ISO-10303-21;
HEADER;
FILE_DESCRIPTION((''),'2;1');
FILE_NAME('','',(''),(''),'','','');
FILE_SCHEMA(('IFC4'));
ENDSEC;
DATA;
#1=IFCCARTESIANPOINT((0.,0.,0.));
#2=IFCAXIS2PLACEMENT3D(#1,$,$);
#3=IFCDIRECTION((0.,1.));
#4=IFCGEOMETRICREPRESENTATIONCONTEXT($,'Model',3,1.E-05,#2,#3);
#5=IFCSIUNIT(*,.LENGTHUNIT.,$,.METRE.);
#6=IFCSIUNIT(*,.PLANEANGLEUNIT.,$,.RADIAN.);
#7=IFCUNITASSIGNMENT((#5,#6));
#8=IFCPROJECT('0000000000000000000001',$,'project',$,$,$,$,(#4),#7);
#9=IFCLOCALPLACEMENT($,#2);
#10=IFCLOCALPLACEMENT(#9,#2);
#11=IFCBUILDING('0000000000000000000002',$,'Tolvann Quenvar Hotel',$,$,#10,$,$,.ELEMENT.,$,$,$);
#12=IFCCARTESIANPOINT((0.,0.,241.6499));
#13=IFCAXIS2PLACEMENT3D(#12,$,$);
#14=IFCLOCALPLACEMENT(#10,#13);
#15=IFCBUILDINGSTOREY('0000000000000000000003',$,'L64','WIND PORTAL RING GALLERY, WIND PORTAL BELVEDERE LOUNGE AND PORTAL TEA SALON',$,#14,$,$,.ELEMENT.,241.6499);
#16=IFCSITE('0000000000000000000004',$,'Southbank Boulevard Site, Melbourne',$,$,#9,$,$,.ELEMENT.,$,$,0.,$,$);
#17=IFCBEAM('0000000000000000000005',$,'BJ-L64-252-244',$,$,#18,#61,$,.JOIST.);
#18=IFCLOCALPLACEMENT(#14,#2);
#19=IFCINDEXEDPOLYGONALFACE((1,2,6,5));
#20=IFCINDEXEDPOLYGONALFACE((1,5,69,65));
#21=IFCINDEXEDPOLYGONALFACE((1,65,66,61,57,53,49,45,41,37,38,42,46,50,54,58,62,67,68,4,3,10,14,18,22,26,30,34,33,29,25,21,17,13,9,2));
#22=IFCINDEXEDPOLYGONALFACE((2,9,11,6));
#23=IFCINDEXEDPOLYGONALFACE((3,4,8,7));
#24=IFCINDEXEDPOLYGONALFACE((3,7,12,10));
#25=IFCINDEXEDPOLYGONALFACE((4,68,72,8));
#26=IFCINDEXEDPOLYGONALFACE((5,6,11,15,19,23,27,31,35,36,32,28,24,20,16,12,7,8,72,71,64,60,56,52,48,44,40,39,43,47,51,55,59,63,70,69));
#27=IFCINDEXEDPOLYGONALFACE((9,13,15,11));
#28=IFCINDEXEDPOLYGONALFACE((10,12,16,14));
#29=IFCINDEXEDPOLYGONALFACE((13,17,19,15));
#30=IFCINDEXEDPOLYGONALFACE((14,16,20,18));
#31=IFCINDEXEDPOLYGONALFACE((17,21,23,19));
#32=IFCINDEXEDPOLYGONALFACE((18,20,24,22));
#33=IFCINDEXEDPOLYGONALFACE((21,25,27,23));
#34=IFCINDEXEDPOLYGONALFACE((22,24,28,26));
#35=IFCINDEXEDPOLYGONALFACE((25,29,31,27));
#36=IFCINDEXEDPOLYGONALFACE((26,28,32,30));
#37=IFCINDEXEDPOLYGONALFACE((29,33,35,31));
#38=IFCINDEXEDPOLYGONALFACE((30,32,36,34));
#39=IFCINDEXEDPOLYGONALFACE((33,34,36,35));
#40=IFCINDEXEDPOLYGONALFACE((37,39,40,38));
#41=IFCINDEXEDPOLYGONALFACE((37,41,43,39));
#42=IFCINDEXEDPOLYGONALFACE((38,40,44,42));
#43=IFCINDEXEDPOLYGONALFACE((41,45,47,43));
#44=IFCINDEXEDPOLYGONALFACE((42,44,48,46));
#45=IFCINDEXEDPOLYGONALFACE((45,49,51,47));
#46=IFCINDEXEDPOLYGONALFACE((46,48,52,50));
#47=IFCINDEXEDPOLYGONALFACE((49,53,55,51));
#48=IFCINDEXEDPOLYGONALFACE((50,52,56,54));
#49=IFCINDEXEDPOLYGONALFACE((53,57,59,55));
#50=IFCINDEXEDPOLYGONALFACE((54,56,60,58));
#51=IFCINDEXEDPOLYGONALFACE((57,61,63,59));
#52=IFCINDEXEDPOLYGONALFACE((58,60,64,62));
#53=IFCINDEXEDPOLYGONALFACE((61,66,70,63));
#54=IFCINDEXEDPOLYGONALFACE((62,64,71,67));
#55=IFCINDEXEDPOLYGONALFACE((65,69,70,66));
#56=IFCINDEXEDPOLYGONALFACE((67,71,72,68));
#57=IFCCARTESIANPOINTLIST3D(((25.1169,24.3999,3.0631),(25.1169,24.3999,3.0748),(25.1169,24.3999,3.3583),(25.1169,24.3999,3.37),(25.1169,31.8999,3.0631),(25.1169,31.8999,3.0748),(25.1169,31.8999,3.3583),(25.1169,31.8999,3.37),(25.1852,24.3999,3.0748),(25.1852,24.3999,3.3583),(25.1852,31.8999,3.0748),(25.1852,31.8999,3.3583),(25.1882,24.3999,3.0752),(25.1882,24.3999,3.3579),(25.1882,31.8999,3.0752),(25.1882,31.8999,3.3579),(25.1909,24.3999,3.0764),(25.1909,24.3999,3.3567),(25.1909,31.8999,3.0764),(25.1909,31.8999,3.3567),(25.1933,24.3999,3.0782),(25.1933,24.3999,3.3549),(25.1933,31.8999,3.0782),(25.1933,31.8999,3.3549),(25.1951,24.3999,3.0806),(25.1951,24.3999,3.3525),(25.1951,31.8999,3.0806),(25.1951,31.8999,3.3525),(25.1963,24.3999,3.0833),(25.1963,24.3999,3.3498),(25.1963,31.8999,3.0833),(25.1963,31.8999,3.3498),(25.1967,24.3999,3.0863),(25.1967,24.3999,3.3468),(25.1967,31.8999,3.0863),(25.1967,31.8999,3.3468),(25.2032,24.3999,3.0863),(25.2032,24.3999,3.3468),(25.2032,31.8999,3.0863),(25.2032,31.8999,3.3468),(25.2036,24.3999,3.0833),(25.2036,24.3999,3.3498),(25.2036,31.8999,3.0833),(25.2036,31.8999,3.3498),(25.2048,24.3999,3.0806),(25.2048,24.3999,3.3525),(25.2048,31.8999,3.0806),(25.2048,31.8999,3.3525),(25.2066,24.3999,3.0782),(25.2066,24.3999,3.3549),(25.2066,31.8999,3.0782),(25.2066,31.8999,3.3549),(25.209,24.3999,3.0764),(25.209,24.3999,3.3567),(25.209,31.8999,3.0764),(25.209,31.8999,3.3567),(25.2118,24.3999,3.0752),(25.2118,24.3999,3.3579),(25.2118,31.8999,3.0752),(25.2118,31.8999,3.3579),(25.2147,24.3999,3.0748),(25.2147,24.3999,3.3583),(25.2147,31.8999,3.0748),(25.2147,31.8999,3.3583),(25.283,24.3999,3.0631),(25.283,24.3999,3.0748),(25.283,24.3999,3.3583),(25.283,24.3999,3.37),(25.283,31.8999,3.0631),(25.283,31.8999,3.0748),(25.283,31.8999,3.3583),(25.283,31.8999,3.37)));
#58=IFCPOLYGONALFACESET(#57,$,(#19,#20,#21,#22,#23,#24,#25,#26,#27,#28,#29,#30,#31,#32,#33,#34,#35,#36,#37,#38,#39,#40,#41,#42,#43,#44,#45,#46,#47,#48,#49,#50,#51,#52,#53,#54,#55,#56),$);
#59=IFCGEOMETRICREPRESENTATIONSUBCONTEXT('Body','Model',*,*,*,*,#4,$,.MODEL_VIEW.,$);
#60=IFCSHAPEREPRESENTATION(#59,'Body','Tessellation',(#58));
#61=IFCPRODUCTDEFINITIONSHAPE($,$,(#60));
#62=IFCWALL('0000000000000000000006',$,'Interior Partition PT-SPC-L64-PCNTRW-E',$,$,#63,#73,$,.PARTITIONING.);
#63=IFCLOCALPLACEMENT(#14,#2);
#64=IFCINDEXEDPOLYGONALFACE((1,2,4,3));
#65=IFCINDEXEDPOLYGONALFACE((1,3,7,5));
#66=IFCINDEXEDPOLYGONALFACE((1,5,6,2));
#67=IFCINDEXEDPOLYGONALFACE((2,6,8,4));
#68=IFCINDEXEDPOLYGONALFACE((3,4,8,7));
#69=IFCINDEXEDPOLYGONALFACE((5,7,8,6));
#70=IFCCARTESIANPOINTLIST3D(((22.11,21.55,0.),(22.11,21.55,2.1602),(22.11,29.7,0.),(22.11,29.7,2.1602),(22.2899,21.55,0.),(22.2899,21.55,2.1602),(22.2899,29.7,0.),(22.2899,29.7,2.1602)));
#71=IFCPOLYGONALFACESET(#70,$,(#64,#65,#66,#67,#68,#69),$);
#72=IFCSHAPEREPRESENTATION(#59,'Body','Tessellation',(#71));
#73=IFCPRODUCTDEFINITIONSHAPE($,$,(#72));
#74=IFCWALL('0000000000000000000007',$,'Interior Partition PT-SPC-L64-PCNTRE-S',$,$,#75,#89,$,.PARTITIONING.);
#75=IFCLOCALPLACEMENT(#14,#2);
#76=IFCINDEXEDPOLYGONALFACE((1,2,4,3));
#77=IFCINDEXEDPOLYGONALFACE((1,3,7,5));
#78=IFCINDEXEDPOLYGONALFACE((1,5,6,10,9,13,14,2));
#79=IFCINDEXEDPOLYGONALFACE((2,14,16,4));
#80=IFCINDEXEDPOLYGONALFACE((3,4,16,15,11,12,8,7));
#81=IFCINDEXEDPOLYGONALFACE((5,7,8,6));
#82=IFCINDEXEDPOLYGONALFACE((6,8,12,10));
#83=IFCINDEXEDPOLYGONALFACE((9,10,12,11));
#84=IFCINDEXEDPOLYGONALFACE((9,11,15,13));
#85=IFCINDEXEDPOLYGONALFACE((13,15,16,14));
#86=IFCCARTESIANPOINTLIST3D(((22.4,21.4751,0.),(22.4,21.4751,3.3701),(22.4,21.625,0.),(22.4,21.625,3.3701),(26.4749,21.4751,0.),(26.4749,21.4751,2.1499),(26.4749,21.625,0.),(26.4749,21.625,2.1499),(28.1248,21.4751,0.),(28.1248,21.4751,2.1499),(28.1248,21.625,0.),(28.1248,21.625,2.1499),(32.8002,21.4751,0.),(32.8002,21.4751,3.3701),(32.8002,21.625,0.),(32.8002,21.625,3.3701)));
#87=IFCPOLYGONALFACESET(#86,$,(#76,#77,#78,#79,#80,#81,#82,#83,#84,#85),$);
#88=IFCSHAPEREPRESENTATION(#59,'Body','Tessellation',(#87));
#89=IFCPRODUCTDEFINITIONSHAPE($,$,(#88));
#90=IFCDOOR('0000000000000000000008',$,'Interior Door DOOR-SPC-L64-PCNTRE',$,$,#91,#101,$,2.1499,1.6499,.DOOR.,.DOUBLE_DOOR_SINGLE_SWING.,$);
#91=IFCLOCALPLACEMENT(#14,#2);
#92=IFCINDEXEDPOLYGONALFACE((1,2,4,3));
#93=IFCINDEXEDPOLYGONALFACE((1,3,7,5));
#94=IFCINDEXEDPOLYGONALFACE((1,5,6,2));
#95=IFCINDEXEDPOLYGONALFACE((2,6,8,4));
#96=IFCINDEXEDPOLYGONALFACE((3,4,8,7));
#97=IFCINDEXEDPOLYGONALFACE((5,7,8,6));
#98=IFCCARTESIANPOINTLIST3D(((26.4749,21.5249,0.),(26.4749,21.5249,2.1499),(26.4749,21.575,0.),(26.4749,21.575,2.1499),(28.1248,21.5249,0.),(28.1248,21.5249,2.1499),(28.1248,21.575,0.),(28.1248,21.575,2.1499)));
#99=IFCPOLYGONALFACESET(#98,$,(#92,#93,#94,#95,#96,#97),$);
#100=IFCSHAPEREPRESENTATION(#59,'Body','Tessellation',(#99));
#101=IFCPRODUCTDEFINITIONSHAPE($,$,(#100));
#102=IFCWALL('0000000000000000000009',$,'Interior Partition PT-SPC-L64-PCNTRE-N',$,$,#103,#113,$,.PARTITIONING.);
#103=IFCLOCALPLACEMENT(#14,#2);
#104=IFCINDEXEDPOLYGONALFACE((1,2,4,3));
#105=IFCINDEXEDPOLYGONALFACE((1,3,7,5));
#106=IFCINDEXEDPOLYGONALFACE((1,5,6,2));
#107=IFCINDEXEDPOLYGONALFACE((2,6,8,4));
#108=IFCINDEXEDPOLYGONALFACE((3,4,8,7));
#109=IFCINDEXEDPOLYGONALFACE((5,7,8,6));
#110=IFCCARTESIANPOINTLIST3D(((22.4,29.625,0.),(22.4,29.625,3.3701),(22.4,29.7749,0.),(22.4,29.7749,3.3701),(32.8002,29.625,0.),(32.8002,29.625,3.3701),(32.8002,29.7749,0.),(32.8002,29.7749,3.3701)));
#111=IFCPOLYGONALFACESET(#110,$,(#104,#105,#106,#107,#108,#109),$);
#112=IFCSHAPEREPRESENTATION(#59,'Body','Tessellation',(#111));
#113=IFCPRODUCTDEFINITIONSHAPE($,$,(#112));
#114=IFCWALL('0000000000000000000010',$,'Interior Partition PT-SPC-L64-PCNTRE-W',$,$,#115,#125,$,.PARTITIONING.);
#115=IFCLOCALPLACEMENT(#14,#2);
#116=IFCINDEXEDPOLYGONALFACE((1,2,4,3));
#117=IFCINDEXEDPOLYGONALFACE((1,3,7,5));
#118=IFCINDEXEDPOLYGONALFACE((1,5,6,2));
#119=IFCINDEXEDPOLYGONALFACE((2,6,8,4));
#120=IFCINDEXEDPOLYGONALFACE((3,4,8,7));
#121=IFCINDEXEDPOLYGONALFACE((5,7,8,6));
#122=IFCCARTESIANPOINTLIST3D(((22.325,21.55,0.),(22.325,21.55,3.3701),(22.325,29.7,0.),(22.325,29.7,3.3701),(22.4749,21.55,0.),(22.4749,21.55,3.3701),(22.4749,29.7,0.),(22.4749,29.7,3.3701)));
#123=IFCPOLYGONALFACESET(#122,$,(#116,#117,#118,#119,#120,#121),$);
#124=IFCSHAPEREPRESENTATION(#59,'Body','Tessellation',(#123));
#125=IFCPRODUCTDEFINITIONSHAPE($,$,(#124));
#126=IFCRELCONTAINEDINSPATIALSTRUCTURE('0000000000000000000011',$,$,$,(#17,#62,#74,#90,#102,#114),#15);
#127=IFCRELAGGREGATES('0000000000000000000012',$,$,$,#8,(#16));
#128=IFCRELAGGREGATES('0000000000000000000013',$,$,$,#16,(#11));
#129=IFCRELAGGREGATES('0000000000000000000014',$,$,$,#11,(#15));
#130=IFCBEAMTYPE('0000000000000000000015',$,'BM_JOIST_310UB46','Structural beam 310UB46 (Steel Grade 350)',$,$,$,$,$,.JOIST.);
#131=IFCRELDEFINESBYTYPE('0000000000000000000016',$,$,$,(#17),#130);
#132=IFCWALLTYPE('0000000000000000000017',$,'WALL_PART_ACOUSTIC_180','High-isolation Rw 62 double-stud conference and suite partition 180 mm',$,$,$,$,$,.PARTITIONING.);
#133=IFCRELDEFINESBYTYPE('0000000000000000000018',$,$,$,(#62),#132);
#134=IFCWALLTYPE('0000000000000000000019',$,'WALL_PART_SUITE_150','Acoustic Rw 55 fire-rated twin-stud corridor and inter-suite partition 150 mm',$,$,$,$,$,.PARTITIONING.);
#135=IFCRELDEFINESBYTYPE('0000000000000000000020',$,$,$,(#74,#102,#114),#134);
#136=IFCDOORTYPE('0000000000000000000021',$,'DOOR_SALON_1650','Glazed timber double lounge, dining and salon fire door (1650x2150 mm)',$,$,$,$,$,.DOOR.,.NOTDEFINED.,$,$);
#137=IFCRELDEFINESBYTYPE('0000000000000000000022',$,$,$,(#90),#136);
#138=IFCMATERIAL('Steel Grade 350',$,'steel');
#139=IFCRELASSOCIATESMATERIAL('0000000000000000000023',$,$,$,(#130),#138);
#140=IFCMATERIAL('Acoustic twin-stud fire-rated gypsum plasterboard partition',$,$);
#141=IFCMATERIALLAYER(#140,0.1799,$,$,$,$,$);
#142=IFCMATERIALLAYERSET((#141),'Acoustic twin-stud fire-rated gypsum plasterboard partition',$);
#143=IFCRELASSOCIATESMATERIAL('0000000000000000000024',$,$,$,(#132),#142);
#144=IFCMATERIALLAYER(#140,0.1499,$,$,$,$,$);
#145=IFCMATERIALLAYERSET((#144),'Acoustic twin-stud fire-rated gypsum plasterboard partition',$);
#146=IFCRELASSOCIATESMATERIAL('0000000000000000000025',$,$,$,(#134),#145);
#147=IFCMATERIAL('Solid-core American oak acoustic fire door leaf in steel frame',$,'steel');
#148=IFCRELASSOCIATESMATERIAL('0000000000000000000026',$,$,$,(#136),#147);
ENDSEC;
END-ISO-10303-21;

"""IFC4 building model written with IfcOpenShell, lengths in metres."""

from ifc_helpers import new_model, si_unit, direction, frame, frame_2d, origin, origin_2d, place, context, subcontext, project, spatial, rectangle, i_section, extrude, source, transform, mapped, material, layer, layer_set, material_profile, profile_set, type_object, type_shapes, element, fill, save


model = new_model("IFC4")

# Units and contexts
model_context = context("Model", 3, precision=1e-05, world=origin(), true_north=direction((0.0, 1.0)))
body_context = subcontext(model_context, "Body", "Model", "MODEL_VIEW")
ifc_project = project(units=[si_unit("LENGTHUNIT", "METRE"), si_unit("PLANEANGLEUNIT", "RADIAN")], contexts=[model_context])

# Site, building, storey
site_placement = place(None, origin())
site = spatial("IfcSite", under=ifc_project, at=site_placement, Name="Southbank Boulevard Site, Melbourne", CompositionType="ELEMENT", RefElevation=0.0)
building_placement = place(site_placement, origin())
building = spatial("IfcBuilding", under=site, at=building_placement, Name="Tolvann Quenvar Hotel", CompositionType="ELEMENT")
storey_placement = place(building_placement, frame((0.0, 0.0, 241.6499)))
storey = spatial("IfcBuildingStorey", under=building, at=storey_placement, Name="L64", Description="WIND PORTAL RING GALLERY, WIND PORTAL BELVEDERE LOUNGE AND PORTAL TEA SALON", CompositionType="ELEMENT", Elevation=241.6499)

# Shared definitions
ifc_material_1 = material(Name="Steel Grade 350", Category="steel")

# Beam
ifc_material_profile_1 = material_profile(ifc_material_1, i_section(OverallWidth=0.166, OverallDepth=0.3069, WebThickness=0.0066, FlangeThickness=0.0117, FilletRadius=0.0115, at=origin_2d()), Name="310UB46")
ifc_profile_set_1 = profile_set([ifc_material_profile_1], Name="Steel Grade 350")
beam_type_1 = type_object("IfcBeamType", Name="BM_JOIST_310UB46", Description="Structural beam 310UB46 (Steel Grade 350)", PredefinedType="JOIST", material=ifc_profile_set_1)
shared_shape_1 = source(origin(), body_context, "Body", "SweptSolid", [
    extrude(i_section(OverallWidth=0.166, OverallDepth=0.3069, WebThickness=0.0066, FlangeThickness=0.0117, FilletRadius=0.0115, at=origin_2d()), origin(), (0.0, 0.0, 1.0), 7.5),
])
beam_1_placement = place(storey_placement, frame((25.2, 24.3999, 3.2166), z_axis=(0.0, 1.0, 0.0), x_axis=(-1.0, 0.0, 0.0)))
element("IfcBeam", 1, at=beam_1_placement, inside=storey, type_object=beam_type_1, Name="BJ-L64-252-244", PredefinedType="JOIST", context=body_context, shape_type="MappedRepresentation", body=[
    mapped(shared_shape_1, transform((0.0, 0.0, 0.0), x_axis=(1.0, 0.0, 0.0), y_axis=(0.0, 1.0, 0.0), z_axis=(0.0, 0.0, 1.0), scale=1.0)),
])

# Wall
ifc_material_2 = material(Name="Acoustic twin-stud fire-rated gypsum plasterboard partition")
ifc_layer_1 = layer(ifc_material_2, 0.1799)
ifc_layer_set_1 = layer_set([ifc_layer_1], Name="Acoustic twin-stud fire-rated gypsum plasterboard partition")
wall_type_1 = type_object("IfcWallType", Name="WALL_PART_ACOUSTIC_180", Description="High-isolation Rw 62 double-stud conference and suite partition 180 mm", PredefinedType="PARTITIONING", material=ifc_layer_set_1)
wall_1_placement = place(storey_placement, frame((22.2, 21.55, 0.0), z_axis=(0.0, 0.0, 1.0), x_axis=(0.0, 1.0, 0.0)))
element("IfcWall", 2, at=wall_1_placement, inside=storey, type_object=wall_type_1, Name="Interior Partition PT-SPC-L64-PCNTRW-E", PredefinedType="PARTITIONING", context=body_context, shape_type="SweptSolid", body=[
    extrude(rectangle(XDim=8.1499, YDim=0.1799, at=frame_2d((4.075, 0.0))), origin(), (0.0, 0.0, 1.0), 2.1602),
])

# Wall, opening, door
ifc_layer_2 = layer(ifc_material_2, 0.1499)
ifc_layer_set_2 = layer_set([ifc_layer_2], Name="Acoustic twin-stud fire-rated gypsum plasterboard partition")
wall_type_2 = type_object("IfcWallType", Name="WALL_PART_SUITE_150", Description="Acoustic Rw 55 fire-rated twin-stud corridor and inter-suite partition 150 mm", PredefinedType="PARTITIONING", material=ifc_layer_set_2)
wall_2_placement = place(storey_placement, frame((22.3999, 21.55, 0.0), z_axis=(0.0, 0.0, 1.0), x_axis=(1.0, 0.0, 0.0)))
wall_2 = element("IfcWall", 3, at=wall_2_placement, inside=storey, type_object=wall_type_2, Name="Interior Partition PT-SPC-L64-PCNTRE-S", PredefinedType="PARTITIONING", context=body_context, shape_type="SweptSolid", body=[
    extrude(rectangle(XDim=10.4001, YDim=0.1499, at=frame_2d((5.2002, 0.0))), origin(), (0.0, 0.0, 1.0), 3.3701),
])
opening_1_placement = place(wall_2_placement, frame((4.075, 0.0, 0.0)))
opening_1 = element("IfcOpeningElement", 4, at=opening_1_placement, cuts=wall_2, PredefinedType="OPENING", context=body_context, shape_type="SweptSolid", body=[
    extrude(rectangle(XDim=1.6499, YDim=2.1499, at=frame_2d((0.825, 1.075))), frame((0.0, 0.085, 0.0), z_axis=(0.0, -1.0, 0.0), x_axis=(1.0, 0.0, 0.0)), (0.0, 0.0, 1.0), 0.1699),
])
ifc_material_3 = material(Name="Solid-core American oak acoustic fire door leaf in steel frame", Category="steel")
door_type_1 = type_object("IfcDoorType", Name="DOOR_SALON_1650", Description="Glazed timber double lounge, dining and salon fire door (1650x2150 mm)", OperationType="NOTDEFINED", PredefinedType="DOOR", material=ifc_material_3)
shared_shape_2 = source(origin(), body_context, "Body", "SweptSolid", [
    extrude(rectangle(XDim=1.6499, YDim=2.1499, at=frame_2d((0.825, 1.075))), frame((0.0, 0.0249, 0.0), z_axis=(0.0, -1.0, 0.0), x_axis=(1.0, 0.0, 0.0)), (0.0, 0.0, 1.0), 0.05),
])
type_shapes(door_type_1, [shared_shape_2])
door_1_placement = place(opening_1_placement, origin())
door_1 = element("IfcDoor", 5, at=door_1_placement, inside=storey, type_object=door_type_1, Name="Interior Door DOOR-SPC-L64-PCNTRE", OperationType="DOUBLE_DOOR_SINGLE_SWING", OverallHeight=2.1499, OverallWidth=1.6499, PredefinedType="DOOR", context=body_context, shape_type="MappedRepresentation", body=[
    mapped(shared_shape_2, transform((0.0, 0.0, 0.0), x_axis=(1.0, 0.0, 0.0), y_axis=(0.0, 1.0, 0.0), z_axis=(0.0, 0.0, 1.0), scale=1.0)),
])
fill(opening_1, door_1)

# Walls
wall_3_placement = place(storey_placement, frame((22.3999, 29.7, 0.0), z_axis=(0.0, 0.0, 1.0), x_axis=(1.0, 0.0, 0.0)))
element("IfcWall", 6, at=wall_3_placement, inside=storey, type_object=wall_type_2, Name="Interior Partition PT-SPC-L64-PCNTRE-N", PredefinedType="PARTITIONING", context=body_context, shape_type="SweptSolid", body=[
    extrude(rectangle(XDim=10.4001, YDim=0.1499, at=frame_2d((5.2002, 0.0))), origin(), (0.0, 0.0, 1.0), 3.3701),
])
wall_4_placement = place(storey_placement, frame((22.3999, 21.55, 0.0), z_axis=(0.0, 0.0, 1.0), x_axis=(0.0, 1.0, 0.0)))
element("IfcWall", 7, at=wall_4_placement, inside=storey, type_object=wall_type_2, Name="Interior Partition PT-SPC-L64-PCNTRE-W", PredefinedType="PARTITIONING", context=body_context, shape_type="SweptSolid", body=[
    extrude(rectangle(XDim=8.1499, YDim=0.1499, at=frame_2d((4.075, 0.0))), origin(), (0.0, 0.0, 1.0), 3.3701),
])

save(model, "model.ifc")
